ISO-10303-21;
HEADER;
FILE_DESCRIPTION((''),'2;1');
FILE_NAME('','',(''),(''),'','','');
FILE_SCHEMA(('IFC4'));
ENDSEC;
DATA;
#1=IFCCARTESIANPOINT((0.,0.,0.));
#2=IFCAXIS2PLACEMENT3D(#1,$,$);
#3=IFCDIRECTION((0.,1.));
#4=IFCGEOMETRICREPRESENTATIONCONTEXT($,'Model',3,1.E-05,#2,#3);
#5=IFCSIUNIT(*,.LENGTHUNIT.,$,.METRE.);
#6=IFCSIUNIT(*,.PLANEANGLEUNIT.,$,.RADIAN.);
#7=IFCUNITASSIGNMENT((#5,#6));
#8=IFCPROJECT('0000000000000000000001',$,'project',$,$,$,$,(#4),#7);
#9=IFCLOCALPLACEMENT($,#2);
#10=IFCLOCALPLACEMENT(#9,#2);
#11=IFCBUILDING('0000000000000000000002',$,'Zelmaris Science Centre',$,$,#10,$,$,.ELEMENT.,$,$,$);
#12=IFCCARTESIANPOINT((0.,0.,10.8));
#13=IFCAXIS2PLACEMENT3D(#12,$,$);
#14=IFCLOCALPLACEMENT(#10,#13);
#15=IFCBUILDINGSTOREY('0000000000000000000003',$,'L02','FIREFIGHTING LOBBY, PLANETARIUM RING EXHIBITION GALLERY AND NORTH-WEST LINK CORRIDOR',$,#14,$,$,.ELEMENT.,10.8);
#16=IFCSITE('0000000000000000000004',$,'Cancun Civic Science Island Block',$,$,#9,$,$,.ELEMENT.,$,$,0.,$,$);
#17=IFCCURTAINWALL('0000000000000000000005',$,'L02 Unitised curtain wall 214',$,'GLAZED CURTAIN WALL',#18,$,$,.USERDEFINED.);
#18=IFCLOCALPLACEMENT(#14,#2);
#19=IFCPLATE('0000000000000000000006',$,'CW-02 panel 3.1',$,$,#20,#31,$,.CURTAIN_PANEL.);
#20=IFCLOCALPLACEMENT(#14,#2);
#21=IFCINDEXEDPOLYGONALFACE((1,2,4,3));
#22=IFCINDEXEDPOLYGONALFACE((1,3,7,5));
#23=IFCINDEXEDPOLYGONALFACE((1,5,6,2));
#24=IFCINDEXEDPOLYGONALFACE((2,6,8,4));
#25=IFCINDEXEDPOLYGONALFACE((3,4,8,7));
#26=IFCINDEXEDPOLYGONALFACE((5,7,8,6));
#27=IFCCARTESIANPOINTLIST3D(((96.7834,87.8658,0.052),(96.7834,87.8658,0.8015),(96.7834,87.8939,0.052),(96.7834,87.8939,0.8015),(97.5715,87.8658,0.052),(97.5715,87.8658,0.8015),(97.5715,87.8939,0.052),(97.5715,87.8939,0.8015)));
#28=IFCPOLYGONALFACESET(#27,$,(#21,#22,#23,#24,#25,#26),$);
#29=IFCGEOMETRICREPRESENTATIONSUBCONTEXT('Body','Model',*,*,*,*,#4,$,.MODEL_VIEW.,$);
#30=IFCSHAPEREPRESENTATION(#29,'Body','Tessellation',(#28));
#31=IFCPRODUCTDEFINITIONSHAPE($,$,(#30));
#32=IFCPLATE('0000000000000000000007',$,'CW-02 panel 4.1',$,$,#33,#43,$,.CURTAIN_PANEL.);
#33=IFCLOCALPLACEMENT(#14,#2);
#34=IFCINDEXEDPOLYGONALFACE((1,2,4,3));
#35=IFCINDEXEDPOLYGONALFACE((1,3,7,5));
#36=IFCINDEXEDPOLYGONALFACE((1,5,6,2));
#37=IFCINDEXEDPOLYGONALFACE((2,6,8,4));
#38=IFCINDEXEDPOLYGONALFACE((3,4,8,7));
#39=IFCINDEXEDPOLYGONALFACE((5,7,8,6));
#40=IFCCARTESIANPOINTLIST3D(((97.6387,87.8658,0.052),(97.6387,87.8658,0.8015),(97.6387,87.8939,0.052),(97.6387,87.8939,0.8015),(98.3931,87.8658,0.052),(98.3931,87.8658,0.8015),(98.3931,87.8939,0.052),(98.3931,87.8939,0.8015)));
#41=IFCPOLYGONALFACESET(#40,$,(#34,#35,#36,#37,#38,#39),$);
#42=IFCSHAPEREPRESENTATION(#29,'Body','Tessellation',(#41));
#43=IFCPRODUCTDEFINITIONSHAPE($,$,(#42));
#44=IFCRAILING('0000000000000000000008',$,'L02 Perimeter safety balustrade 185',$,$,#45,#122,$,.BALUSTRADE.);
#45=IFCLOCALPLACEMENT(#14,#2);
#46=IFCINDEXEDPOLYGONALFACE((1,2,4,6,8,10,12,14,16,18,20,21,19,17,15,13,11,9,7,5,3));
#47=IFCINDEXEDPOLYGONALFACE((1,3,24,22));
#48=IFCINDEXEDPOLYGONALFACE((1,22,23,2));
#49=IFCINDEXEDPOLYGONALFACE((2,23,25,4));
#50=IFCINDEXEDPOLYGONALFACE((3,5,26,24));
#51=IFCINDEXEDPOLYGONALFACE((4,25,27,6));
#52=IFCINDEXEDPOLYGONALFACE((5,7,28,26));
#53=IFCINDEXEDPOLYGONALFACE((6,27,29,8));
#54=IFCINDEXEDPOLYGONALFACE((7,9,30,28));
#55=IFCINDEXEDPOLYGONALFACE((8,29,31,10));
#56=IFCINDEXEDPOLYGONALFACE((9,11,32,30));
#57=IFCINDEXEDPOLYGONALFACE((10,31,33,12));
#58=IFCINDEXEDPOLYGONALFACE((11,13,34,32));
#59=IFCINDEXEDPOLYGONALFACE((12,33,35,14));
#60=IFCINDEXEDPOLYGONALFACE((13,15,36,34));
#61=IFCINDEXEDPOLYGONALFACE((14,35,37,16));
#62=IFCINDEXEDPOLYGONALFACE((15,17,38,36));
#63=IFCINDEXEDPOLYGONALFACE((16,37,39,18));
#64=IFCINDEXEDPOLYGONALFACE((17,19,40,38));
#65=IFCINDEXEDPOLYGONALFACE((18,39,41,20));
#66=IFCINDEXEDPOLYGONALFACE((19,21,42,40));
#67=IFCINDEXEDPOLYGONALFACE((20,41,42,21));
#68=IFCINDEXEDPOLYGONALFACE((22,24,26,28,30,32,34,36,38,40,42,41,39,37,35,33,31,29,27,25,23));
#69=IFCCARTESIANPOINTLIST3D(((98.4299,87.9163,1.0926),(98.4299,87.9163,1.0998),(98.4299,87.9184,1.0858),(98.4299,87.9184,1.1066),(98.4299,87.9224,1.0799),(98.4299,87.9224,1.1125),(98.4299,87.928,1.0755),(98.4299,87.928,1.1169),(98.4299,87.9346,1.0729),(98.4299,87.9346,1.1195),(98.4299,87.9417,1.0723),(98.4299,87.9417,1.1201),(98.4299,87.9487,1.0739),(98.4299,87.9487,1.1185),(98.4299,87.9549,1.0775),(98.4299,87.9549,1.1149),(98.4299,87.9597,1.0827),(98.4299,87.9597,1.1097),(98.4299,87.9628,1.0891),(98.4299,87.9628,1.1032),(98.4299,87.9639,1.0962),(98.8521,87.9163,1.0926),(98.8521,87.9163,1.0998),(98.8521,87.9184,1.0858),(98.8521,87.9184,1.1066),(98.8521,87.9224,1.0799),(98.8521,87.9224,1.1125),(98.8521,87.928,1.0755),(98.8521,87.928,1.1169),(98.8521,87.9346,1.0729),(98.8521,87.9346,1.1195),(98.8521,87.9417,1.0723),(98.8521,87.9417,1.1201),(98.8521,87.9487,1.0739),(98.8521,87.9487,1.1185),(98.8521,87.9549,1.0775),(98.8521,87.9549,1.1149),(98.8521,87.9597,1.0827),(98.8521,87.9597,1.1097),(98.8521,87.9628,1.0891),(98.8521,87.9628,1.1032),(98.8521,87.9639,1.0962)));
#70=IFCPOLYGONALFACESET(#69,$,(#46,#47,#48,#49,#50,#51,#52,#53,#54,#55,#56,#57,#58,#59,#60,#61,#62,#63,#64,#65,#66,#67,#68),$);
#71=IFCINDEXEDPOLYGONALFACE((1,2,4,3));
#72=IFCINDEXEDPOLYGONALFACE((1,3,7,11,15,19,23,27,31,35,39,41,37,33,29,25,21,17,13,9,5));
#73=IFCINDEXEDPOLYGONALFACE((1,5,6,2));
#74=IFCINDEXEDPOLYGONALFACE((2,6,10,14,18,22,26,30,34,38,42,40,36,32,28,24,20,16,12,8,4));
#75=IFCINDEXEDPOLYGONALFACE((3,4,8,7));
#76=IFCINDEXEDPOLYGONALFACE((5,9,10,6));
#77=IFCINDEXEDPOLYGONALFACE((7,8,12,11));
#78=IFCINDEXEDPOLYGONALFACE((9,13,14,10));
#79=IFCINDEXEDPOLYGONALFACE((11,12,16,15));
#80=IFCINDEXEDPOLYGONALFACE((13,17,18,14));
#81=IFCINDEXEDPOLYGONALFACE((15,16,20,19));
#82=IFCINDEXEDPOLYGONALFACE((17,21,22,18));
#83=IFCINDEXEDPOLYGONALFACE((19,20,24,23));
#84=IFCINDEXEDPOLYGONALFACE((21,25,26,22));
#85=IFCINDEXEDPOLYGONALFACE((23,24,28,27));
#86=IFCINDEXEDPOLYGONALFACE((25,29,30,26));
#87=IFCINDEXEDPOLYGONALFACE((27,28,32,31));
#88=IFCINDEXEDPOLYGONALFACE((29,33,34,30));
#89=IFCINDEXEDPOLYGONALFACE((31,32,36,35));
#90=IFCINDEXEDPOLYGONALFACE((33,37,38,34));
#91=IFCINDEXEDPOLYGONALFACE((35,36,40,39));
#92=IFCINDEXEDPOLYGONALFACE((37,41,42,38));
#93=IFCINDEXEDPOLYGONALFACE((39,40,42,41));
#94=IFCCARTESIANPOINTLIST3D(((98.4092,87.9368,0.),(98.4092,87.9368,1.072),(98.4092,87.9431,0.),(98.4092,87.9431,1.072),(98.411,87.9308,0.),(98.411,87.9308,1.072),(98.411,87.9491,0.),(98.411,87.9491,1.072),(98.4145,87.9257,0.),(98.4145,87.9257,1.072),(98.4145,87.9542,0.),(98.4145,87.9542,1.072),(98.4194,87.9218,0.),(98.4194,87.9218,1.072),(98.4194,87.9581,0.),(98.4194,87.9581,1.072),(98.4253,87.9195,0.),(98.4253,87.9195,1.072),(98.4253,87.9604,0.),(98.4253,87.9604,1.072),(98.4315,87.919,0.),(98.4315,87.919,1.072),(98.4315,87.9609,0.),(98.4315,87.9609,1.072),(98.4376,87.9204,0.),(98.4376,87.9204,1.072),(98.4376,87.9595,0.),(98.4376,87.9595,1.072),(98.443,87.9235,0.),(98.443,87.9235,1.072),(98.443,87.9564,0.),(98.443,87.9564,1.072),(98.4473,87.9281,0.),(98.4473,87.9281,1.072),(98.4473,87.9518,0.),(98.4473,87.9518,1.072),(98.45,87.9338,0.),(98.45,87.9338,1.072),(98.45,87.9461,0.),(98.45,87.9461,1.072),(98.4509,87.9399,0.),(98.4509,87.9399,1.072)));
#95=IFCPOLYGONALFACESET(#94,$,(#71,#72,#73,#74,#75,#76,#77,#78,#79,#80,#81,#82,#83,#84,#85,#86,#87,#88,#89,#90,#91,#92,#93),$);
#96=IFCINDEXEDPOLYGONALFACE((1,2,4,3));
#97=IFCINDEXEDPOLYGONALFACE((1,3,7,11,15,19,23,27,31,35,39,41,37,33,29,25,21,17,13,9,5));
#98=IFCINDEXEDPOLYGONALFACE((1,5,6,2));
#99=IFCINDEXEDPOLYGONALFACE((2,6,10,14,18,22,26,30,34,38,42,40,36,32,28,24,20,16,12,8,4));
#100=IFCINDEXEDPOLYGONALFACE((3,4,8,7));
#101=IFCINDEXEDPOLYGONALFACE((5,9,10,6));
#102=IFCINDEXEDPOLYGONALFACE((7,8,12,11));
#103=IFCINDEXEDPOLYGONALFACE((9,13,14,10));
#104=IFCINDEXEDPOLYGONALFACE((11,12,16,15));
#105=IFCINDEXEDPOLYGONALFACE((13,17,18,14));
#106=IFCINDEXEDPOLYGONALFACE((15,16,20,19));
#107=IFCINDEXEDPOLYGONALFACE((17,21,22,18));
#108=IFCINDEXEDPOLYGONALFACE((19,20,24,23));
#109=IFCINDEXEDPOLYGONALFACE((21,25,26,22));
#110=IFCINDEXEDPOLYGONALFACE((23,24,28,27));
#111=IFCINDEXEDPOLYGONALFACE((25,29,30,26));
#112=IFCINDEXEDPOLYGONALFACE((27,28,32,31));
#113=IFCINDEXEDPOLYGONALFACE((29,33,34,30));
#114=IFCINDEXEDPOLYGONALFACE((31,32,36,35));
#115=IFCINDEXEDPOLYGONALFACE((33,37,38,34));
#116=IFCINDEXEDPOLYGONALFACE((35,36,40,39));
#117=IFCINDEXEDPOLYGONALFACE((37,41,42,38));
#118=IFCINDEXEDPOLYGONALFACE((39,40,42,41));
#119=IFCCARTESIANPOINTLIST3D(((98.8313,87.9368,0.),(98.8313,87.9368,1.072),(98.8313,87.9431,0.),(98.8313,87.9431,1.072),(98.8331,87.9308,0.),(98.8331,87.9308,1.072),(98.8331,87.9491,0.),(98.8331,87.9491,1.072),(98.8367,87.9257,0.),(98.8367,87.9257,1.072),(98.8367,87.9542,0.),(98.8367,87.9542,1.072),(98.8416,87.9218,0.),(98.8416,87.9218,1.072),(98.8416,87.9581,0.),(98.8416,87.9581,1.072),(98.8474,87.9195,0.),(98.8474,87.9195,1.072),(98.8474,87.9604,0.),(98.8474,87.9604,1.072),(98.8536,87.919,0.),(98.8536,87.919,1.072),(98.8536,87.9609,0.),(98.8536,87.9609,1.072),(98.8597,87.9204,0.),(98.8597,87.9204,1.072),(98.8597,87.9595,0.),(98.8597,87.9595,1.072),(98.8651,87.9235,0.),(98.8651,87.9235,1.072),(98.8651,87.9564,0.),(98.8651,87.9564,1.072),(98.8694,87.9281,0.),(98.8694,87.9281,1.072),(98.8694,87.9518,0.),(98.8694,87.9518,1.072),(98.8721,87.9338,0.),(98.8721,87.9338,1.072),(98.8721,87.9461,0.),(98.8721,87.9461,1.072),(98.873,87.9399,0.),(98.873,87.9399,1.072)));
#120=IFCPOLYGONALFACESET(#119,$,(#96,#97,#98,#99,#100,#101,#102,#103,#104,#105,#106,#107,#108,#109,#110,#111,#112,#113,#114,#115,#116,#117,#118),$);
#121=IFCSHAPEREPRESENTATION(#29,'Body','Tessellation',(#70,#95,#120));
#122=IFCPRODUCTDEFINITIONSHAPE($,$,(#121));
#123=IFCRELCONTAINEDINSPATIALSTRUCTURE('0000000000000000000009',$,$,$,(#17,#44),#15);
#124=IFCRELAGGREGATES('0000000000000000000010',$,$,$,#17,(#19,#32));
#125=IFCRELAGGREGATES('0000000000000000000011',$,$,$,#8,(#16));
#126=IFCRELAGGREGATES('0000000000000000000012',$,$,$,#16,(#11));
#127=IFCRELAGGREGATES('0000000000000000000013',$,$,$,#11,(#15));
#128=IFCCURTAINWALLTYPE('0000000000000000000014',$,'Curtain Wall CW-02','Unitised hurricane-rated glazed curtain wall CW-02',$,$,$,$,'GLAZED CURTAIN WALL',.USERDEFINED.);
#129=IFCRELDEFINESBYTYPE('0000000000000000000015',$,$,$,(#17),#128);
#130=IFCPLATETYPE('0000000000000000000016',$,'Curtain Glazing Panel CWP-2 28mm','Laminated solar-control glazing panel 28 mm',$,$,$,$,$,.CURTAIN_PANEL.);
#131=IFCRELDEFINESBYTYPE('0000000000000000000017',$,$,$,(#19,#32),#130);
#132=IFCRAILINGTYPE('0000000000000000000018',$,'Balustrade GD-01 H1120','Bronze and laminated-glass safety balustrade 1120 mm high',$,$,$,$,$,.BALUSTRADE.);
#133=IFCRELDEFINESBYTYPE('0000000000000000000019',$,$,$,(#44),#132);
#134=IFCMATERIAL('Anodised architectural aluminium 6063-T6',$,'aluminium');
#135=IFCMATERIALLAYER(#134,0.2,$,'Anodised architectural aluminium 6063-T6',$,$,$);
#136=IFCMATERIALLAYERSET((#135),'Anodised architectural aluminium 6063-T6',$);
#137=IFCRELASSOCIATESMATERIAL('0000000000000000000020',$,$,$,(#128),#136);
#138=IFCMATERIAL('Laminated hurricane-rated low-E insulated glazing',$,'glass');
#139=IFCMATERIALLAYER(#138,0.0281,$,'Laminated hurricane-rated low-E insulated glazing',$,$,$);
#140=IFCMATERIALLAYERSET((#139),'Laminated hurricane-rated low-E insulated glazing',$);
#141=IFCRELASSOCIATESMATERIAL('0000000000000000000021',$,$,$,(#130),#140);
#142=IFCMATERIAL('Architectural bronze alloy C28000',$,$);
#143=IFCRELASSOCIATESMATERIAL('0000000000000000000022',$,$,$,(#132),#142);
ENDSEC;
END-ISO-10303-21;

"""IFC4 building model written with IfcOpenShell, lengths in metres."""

from ifc_helpers import new_model, si_unit, direction, frame, origin, origin_2d, place, context, subcontext, project, spatial, rectangle, circle, extrude, material, layer, layer_set, type_object, element, aggregate, save


model = new_model("IFC4")

# Units and contexts
model_context = context("Model", 3, precision=1e-05, world=origin(), true_north=direction((0.0, 1.0)))
body_context = subcontext(model_context, "Body", "Model", "MODEL_VIEW")
ifc_project = project(units=[si_unit("LENGTHUNIT", "METRE"), si_unit("PLANEANGLEUNIT", "RADIAN")], contexts=[model_context])

# Site, building, storey
site_placement = place(None, origin())
site = spatial("IfcSite", under=ifc_project, at=site_placement, Name="Cancun Civic Science Island Block", CompositionType="ELEMENT", RefElevation=0.0)
building_placement = place(site_placement, origin())
building = spatial("IfcBuilding", under=site, at=building_placement, Name="Zelmaris Science Centre", CompositionType="ELEMENT")
storey_placement = place(building_placement, frame((0.0, 0.0, 10.8)))
storey = spatial("IfcBuildingStorey", under=building, at=storey_placement, Name="L02", Description="FIREFIGHTING LOBBY, PLANETARIUM RING EXHIBITION GALLERY AND NORTH-WEST LINK CORRIDOR", CompositionType="ELEMENT", Elevation=10.8)

# Curtain wall
ifc_material_1 = material(Name="Anodised architectural aluminium 6063-T6", Category="aluminium")
ifc_layer_1 = layer(ifc_material_1, 0.2, Name="Anodised architectural aluminium 6063-T6")
ifc_layer_set_1 = layer_set([ifc_layer_1], Name="Anodised architectural aluminium 6063-T6")
curtain_wall_type = type_object("IfcCurtainWallType", Name="Curtain Wall CW-02", Description="Unitised hurricane-rated glazed curtain wall CW-02", ElementType="GLAZED CURTAIN WALL", PredefinedType="USERDEFINED", material=ifc_layer_set_1)
curtain_wall_placement = place(storey_placement, origin())
curtain_wall = element("IfcCurtainWall", 1, at=curtain_wall_placement, inside=storey, type_object=curtain_wall_type, Name="L02 Unitised curtain wall 214", ObjectType="GLAZED CURTAIN WALL", PredefinedType="USERDEFINED")

# Plates
ifc_material_2 = material(Name="Laminated hurricane-rated low-E insulated glazing", Category="glass")
ifc_layer_2 = layer(ifc_material_2, 0.0281, Name="Laminated hurricane-rated low-E insulated glazing")
ifc_layer_set_2 = layer_set([ifc_layer_2], Name="Laminated hurricane-rated low-E insulated glazing")
plate_type = type_object("IfcPlateType", Name="Curtain Glazing Panel CWP-2 28mm", Description="Laminated solar-control glazing panel 28 mm", PredefinedType="CURTAIN_PANEL", material=ifc_layer_set_2)
plate_1_placement = place(storey_placement, frame((97.1775, 87.8799, 0.052), z_axis=(0.0, 0.0, 1.0), x_axis=(1.0, 0.0, 0.0)))
plate_1 = element("IfcPlate", 2, at=plate_1_placement, type_object=plate_type, Name="CW-02 panel 3.1", PredefinedType="CURTAIN_PANEL", context=body_context, shape_type="SweptSolid", body=[
    extrude(rectangle(XDim=0.7881, YDim=0.0281, at=origin_2d()), origin(), (0.0, 0.0, 1.0), 0.7495),
])
plate_2_placement = place(storey_placement, frame((98.0159, 87.8799, 0.052), z_axis=(0.0, 0.0, 1.0), x_axis=(1.0, 0.0, 0.0)))
plate_2 = element("IfcPlate", 3, at=plate_2_placement, type_object=plate_type, Name="CW-02 panel 4.1", PredefinedType="CURTAIN_PANEL", context=body_context, shape_type="SweptSolid", body=[
    extrude(rectangle(XDim=0.7544, YDim=0.0281, at=origin_2d()), origin(), (0.0, 0.0, 1.0), 0.7495),
])
aggregate(curtain_wall, [plate_1, plate_2])

# Railing
ifc_material_3 = material(Name="Architectural bronze alloy C28000")
railing_type = type_object("IfcRailingType", Name="Balustrade GD-01 H1120", Description="Bronze and laminated-glass safety balustrade 1120 mm high", PredefinedType="BALUSTRADE", material=ifc_material_3)
railing_placement = place(storey_placement, frame((98.4299, 87.9399, 0.0)))
element("IfcRailing", 4, at=railing_placement, inside=storey, type_object=railing_type, Name="L02 Perimeter safety balustrade 185", PredefinedType="BALUSTRADE", context=body_context, shape_type="SweptSolid", body=[
    extrude(circle(Radius=0.0239, at=origin_2d()), frame((0.0, 0.0, 1.0962), z_axis=(1.0, 0.0, 0.0), x_axis=(0.0, 1.0, 0.0)), (0.0, 0.0, 1.0), 0.4221),
    extrude(circle(Radius=0.021, at=origin_2d()), origin(), (0.0, 0.0, 1.0), 1.072),
    extrude(circle(Radius=0.021, at=origin_2d()), frame((0.4221, 0.0, 0.0)), (0.0, 0.0, 1.0), 1.072),
])

save(model, "model.ifc")
